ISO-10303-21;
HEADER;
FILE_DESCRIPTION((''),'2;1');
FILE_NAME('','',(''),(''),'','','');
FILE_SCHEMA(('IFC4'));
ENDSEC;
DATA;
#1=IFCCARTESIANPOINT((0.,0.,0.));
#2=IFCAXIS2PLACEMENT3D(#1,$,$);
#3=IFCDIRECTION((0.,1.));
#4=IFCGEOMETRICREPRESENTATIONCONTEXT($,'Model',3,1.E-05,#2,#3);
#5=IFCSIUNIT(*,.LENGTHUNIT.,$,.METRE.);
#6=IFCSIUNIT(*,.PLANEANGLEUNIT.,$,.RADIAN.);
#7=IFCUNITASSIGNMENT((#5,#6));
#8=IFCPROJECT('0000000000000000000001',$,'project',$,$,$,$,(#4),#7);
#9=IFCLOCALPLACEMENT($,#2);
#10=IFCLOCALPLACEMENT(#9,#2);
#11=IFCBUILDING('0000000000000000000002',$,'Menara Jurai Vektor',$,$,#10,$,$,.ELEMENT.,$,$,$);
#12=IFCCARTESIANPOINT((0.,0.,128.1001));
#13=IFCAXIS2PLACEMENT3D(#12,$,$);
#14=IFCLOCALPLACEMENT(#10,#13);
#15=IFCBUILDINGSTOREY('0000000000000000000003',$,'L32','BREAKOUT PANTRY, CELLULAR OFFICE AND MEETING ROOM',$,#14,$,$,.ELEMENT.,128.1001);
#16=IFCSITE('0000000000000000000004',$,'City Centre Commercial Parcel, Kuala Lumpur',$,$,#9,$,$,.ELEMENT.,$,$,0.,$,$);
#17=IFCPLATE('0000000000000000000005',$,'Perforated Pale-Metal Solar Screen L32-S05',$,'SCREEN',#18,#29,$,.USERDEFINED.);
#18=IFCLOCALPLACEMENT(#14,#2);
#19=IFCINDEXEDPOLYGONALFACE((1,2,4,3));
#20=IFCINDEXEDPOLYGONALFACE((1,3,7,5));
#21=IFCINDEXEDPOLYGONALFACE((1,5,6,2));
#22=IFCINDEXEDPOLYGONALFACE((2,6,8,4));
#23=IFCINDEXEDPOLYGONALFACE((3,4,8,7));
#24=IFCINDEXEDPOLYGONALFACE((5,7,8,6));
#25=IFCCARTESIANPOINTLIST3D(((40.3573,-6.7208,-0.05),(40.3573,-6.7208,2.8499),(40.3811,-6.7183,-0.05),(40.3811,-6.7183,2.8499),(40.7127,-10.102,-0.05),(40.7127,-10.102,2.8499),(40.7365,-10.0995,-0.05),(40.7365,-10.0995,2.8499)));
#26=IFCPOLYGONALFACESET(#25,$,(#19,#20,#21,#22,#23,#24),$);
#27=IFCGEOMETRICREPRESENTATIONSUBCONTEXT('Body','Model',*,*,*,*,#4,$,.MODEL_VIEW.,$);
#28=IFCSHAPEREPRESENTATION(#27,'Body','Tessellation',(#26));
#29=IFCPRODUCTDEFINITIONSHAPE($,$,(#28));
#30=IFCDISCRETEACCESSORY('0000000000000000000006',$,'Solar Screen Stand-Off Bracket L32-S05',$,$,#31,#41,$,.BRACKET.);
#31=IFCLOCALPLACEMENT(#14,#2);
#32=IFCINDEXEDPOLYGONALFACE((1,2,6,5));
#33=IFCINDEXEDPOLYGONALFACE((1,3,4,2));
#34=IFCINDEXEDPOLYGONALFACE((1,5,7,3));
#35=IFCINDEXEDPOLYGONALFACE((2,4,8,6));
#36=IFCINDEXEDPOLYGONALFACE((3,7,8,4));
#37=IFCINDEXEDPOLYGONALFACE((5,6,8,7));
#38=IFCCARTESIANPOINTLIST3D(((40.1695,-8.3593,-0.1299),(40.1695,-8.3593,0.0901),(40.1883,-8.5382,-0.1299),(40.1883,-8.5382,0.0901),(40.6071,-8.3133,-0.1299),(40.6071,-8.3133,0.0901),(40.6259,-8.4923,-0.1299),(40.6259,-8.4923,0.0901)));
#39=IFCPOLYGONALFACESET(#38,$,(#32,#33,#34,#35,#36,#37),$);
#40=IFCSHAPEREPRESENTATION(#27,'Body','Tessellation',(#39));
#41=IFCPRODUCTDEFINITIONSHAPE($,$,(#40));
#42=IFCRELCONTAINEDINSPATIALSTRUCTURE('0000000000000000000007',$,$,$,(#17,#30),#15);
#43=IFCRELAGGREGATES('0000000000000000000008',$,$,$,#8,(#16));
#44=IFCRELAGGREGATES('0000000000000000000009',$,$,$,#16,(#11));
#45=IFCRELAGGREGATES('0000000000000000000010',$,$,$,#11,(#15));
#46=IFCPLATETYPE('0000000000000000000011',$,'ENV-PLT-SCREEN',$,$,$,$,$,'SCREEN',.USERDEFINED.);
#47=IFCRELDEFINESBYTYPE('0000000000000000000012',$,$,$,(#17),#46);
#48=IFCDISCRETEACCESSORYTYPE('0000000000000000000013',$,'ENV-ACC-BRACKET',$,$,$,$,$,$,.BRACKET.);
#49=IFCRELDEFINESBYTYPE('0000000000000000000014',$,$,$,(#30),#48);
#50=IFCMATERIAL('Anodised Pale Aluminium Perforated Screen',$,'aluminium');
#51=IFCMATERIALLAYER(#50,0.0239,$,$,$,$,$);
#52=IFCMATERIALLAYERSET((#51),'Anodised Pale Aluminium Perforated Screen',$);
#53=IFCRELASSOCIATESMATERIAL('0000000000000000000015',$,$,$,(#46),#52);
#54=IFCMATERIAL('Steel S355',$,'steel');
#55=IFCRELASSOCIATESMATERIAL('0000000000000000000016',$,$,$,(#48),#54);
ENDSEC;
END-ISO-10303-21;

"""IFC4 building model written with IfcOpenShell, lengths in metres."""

from ifc_helpers import new_model, si_unit, direction, frame, origin, origin_2d, place, context, subcontext, project, spatial, rectangle, extrude, material, layer, layer_set, type_object, element, save


model = new_model("IFC4")

# Units and contexts
model_context = context("Model", 3, precision=1e-05, world=origin(), true_north=direction((0.0, 1.0)))
body_context = subcontext(model_context, "Body", "Model", "MODEL_VIEW")
ifc_project = project(units=[si_unit("LENGTHUNIT", "METRE"), si_unit("PLANEANGLEUNIT", "RADIAN")], contexts=[model_context])

# Site, building, storey
site_placement = place(None, origin())
site = spatial("IfcSite", under=ifc_project, at=site_placement, Name="City Centre Commercial Parcel, Kuala Lumpur", CompositionType="ELEMENT", RefElevation=0.0)
building_placement = place(site_placement, origin())
building = spatial("IfcBuilding", under=site, at=building_placement, Name="Menara Jurai Vektor", CompositionType="ELEMENT")
storey_placement = place(building_placement, frame((0.0, 0.0, 128.1001)))
storey = spatial("IfcBuildingStorey", under=building, at=storey_placement, Name="L32", Description="BREAKOUT PANTRY, CELLULAR OFFICE AND MEETING ROOM", CompositionType="ELEMENT", Elevation=128.1001)

# Shared definitions
ifc_material_1 = material(Name="Steel S355", Category="steel")

# Plate
ifc_material_2 = material(Name="Anodised Pale Aluminium Perforated Screen", Category="aluminium")
ifc_layer_1 = layer(ifc_material_2, 0.0239)
ifc_layer_set_1 = layer_set([ifc_layer_1], Name="Anodised Pale Aluminium Perforated Screen")
plate_type_1 = type_object("IfcPlateType", Name="ENV-PLT-SCREEN", ElementType="SCREEN", PredefinedType="USERDEFINED", material=ifc_layer_set_1)
plate_1_placement = place(storey_placement, frame((40.5469, -8.4102, -0.05), z_axis=(0.0, 0.0, 1.0), x_axis=(-0.104528, 0.994522, 0.0)))
element("IfcPlate", 1, at=plate_1_placement, inside=storey, type_object=plate_type_1, Name="Perforated Pale-Metal Solar Screen L32-S05", ObjectType="SCREEN", PredefinedType="USERDEFINED", context=body_context, shape_type="SweptSolid", body=[
    extrude(rectangle(XDim=3.3999, YDim=0.0239, at=origin_2d()), origin(), (0.0, 0.0, 1.0), 2.8999),
])

# Discrete accessory
discrete_accessory_type = type_object("IfcDiscreteAccessoryType", Name="ENV-ACC-BRACKET", PredefinedType="BRACKET", material=ifc_material_1)
discrete_accessory_placement = place(storey_placement, frame((40.3977, -8.4258, -0.1299), z_axis=(0.0, 0.0, 1.0), x_axis=(-0.104528, 0.994522, 0.0)))
element("IfcDiscreteAccessory", 2, at=discrete_accessory_placement, inside=storey, type_object=discrete_accessory_type, Name="Solar Screen Stand-Off Bracket L32-S05", PredefinedType="BRACKET", context=body_context, shape_type="SweptSolid", body=[
    extrude(rectangle(XDim=0.1799, YDim=0.4399, at=origin_2d()), origin(), (0.0, 0.0, 1.0), 0.22),
])

save(model, "model.ifc")
